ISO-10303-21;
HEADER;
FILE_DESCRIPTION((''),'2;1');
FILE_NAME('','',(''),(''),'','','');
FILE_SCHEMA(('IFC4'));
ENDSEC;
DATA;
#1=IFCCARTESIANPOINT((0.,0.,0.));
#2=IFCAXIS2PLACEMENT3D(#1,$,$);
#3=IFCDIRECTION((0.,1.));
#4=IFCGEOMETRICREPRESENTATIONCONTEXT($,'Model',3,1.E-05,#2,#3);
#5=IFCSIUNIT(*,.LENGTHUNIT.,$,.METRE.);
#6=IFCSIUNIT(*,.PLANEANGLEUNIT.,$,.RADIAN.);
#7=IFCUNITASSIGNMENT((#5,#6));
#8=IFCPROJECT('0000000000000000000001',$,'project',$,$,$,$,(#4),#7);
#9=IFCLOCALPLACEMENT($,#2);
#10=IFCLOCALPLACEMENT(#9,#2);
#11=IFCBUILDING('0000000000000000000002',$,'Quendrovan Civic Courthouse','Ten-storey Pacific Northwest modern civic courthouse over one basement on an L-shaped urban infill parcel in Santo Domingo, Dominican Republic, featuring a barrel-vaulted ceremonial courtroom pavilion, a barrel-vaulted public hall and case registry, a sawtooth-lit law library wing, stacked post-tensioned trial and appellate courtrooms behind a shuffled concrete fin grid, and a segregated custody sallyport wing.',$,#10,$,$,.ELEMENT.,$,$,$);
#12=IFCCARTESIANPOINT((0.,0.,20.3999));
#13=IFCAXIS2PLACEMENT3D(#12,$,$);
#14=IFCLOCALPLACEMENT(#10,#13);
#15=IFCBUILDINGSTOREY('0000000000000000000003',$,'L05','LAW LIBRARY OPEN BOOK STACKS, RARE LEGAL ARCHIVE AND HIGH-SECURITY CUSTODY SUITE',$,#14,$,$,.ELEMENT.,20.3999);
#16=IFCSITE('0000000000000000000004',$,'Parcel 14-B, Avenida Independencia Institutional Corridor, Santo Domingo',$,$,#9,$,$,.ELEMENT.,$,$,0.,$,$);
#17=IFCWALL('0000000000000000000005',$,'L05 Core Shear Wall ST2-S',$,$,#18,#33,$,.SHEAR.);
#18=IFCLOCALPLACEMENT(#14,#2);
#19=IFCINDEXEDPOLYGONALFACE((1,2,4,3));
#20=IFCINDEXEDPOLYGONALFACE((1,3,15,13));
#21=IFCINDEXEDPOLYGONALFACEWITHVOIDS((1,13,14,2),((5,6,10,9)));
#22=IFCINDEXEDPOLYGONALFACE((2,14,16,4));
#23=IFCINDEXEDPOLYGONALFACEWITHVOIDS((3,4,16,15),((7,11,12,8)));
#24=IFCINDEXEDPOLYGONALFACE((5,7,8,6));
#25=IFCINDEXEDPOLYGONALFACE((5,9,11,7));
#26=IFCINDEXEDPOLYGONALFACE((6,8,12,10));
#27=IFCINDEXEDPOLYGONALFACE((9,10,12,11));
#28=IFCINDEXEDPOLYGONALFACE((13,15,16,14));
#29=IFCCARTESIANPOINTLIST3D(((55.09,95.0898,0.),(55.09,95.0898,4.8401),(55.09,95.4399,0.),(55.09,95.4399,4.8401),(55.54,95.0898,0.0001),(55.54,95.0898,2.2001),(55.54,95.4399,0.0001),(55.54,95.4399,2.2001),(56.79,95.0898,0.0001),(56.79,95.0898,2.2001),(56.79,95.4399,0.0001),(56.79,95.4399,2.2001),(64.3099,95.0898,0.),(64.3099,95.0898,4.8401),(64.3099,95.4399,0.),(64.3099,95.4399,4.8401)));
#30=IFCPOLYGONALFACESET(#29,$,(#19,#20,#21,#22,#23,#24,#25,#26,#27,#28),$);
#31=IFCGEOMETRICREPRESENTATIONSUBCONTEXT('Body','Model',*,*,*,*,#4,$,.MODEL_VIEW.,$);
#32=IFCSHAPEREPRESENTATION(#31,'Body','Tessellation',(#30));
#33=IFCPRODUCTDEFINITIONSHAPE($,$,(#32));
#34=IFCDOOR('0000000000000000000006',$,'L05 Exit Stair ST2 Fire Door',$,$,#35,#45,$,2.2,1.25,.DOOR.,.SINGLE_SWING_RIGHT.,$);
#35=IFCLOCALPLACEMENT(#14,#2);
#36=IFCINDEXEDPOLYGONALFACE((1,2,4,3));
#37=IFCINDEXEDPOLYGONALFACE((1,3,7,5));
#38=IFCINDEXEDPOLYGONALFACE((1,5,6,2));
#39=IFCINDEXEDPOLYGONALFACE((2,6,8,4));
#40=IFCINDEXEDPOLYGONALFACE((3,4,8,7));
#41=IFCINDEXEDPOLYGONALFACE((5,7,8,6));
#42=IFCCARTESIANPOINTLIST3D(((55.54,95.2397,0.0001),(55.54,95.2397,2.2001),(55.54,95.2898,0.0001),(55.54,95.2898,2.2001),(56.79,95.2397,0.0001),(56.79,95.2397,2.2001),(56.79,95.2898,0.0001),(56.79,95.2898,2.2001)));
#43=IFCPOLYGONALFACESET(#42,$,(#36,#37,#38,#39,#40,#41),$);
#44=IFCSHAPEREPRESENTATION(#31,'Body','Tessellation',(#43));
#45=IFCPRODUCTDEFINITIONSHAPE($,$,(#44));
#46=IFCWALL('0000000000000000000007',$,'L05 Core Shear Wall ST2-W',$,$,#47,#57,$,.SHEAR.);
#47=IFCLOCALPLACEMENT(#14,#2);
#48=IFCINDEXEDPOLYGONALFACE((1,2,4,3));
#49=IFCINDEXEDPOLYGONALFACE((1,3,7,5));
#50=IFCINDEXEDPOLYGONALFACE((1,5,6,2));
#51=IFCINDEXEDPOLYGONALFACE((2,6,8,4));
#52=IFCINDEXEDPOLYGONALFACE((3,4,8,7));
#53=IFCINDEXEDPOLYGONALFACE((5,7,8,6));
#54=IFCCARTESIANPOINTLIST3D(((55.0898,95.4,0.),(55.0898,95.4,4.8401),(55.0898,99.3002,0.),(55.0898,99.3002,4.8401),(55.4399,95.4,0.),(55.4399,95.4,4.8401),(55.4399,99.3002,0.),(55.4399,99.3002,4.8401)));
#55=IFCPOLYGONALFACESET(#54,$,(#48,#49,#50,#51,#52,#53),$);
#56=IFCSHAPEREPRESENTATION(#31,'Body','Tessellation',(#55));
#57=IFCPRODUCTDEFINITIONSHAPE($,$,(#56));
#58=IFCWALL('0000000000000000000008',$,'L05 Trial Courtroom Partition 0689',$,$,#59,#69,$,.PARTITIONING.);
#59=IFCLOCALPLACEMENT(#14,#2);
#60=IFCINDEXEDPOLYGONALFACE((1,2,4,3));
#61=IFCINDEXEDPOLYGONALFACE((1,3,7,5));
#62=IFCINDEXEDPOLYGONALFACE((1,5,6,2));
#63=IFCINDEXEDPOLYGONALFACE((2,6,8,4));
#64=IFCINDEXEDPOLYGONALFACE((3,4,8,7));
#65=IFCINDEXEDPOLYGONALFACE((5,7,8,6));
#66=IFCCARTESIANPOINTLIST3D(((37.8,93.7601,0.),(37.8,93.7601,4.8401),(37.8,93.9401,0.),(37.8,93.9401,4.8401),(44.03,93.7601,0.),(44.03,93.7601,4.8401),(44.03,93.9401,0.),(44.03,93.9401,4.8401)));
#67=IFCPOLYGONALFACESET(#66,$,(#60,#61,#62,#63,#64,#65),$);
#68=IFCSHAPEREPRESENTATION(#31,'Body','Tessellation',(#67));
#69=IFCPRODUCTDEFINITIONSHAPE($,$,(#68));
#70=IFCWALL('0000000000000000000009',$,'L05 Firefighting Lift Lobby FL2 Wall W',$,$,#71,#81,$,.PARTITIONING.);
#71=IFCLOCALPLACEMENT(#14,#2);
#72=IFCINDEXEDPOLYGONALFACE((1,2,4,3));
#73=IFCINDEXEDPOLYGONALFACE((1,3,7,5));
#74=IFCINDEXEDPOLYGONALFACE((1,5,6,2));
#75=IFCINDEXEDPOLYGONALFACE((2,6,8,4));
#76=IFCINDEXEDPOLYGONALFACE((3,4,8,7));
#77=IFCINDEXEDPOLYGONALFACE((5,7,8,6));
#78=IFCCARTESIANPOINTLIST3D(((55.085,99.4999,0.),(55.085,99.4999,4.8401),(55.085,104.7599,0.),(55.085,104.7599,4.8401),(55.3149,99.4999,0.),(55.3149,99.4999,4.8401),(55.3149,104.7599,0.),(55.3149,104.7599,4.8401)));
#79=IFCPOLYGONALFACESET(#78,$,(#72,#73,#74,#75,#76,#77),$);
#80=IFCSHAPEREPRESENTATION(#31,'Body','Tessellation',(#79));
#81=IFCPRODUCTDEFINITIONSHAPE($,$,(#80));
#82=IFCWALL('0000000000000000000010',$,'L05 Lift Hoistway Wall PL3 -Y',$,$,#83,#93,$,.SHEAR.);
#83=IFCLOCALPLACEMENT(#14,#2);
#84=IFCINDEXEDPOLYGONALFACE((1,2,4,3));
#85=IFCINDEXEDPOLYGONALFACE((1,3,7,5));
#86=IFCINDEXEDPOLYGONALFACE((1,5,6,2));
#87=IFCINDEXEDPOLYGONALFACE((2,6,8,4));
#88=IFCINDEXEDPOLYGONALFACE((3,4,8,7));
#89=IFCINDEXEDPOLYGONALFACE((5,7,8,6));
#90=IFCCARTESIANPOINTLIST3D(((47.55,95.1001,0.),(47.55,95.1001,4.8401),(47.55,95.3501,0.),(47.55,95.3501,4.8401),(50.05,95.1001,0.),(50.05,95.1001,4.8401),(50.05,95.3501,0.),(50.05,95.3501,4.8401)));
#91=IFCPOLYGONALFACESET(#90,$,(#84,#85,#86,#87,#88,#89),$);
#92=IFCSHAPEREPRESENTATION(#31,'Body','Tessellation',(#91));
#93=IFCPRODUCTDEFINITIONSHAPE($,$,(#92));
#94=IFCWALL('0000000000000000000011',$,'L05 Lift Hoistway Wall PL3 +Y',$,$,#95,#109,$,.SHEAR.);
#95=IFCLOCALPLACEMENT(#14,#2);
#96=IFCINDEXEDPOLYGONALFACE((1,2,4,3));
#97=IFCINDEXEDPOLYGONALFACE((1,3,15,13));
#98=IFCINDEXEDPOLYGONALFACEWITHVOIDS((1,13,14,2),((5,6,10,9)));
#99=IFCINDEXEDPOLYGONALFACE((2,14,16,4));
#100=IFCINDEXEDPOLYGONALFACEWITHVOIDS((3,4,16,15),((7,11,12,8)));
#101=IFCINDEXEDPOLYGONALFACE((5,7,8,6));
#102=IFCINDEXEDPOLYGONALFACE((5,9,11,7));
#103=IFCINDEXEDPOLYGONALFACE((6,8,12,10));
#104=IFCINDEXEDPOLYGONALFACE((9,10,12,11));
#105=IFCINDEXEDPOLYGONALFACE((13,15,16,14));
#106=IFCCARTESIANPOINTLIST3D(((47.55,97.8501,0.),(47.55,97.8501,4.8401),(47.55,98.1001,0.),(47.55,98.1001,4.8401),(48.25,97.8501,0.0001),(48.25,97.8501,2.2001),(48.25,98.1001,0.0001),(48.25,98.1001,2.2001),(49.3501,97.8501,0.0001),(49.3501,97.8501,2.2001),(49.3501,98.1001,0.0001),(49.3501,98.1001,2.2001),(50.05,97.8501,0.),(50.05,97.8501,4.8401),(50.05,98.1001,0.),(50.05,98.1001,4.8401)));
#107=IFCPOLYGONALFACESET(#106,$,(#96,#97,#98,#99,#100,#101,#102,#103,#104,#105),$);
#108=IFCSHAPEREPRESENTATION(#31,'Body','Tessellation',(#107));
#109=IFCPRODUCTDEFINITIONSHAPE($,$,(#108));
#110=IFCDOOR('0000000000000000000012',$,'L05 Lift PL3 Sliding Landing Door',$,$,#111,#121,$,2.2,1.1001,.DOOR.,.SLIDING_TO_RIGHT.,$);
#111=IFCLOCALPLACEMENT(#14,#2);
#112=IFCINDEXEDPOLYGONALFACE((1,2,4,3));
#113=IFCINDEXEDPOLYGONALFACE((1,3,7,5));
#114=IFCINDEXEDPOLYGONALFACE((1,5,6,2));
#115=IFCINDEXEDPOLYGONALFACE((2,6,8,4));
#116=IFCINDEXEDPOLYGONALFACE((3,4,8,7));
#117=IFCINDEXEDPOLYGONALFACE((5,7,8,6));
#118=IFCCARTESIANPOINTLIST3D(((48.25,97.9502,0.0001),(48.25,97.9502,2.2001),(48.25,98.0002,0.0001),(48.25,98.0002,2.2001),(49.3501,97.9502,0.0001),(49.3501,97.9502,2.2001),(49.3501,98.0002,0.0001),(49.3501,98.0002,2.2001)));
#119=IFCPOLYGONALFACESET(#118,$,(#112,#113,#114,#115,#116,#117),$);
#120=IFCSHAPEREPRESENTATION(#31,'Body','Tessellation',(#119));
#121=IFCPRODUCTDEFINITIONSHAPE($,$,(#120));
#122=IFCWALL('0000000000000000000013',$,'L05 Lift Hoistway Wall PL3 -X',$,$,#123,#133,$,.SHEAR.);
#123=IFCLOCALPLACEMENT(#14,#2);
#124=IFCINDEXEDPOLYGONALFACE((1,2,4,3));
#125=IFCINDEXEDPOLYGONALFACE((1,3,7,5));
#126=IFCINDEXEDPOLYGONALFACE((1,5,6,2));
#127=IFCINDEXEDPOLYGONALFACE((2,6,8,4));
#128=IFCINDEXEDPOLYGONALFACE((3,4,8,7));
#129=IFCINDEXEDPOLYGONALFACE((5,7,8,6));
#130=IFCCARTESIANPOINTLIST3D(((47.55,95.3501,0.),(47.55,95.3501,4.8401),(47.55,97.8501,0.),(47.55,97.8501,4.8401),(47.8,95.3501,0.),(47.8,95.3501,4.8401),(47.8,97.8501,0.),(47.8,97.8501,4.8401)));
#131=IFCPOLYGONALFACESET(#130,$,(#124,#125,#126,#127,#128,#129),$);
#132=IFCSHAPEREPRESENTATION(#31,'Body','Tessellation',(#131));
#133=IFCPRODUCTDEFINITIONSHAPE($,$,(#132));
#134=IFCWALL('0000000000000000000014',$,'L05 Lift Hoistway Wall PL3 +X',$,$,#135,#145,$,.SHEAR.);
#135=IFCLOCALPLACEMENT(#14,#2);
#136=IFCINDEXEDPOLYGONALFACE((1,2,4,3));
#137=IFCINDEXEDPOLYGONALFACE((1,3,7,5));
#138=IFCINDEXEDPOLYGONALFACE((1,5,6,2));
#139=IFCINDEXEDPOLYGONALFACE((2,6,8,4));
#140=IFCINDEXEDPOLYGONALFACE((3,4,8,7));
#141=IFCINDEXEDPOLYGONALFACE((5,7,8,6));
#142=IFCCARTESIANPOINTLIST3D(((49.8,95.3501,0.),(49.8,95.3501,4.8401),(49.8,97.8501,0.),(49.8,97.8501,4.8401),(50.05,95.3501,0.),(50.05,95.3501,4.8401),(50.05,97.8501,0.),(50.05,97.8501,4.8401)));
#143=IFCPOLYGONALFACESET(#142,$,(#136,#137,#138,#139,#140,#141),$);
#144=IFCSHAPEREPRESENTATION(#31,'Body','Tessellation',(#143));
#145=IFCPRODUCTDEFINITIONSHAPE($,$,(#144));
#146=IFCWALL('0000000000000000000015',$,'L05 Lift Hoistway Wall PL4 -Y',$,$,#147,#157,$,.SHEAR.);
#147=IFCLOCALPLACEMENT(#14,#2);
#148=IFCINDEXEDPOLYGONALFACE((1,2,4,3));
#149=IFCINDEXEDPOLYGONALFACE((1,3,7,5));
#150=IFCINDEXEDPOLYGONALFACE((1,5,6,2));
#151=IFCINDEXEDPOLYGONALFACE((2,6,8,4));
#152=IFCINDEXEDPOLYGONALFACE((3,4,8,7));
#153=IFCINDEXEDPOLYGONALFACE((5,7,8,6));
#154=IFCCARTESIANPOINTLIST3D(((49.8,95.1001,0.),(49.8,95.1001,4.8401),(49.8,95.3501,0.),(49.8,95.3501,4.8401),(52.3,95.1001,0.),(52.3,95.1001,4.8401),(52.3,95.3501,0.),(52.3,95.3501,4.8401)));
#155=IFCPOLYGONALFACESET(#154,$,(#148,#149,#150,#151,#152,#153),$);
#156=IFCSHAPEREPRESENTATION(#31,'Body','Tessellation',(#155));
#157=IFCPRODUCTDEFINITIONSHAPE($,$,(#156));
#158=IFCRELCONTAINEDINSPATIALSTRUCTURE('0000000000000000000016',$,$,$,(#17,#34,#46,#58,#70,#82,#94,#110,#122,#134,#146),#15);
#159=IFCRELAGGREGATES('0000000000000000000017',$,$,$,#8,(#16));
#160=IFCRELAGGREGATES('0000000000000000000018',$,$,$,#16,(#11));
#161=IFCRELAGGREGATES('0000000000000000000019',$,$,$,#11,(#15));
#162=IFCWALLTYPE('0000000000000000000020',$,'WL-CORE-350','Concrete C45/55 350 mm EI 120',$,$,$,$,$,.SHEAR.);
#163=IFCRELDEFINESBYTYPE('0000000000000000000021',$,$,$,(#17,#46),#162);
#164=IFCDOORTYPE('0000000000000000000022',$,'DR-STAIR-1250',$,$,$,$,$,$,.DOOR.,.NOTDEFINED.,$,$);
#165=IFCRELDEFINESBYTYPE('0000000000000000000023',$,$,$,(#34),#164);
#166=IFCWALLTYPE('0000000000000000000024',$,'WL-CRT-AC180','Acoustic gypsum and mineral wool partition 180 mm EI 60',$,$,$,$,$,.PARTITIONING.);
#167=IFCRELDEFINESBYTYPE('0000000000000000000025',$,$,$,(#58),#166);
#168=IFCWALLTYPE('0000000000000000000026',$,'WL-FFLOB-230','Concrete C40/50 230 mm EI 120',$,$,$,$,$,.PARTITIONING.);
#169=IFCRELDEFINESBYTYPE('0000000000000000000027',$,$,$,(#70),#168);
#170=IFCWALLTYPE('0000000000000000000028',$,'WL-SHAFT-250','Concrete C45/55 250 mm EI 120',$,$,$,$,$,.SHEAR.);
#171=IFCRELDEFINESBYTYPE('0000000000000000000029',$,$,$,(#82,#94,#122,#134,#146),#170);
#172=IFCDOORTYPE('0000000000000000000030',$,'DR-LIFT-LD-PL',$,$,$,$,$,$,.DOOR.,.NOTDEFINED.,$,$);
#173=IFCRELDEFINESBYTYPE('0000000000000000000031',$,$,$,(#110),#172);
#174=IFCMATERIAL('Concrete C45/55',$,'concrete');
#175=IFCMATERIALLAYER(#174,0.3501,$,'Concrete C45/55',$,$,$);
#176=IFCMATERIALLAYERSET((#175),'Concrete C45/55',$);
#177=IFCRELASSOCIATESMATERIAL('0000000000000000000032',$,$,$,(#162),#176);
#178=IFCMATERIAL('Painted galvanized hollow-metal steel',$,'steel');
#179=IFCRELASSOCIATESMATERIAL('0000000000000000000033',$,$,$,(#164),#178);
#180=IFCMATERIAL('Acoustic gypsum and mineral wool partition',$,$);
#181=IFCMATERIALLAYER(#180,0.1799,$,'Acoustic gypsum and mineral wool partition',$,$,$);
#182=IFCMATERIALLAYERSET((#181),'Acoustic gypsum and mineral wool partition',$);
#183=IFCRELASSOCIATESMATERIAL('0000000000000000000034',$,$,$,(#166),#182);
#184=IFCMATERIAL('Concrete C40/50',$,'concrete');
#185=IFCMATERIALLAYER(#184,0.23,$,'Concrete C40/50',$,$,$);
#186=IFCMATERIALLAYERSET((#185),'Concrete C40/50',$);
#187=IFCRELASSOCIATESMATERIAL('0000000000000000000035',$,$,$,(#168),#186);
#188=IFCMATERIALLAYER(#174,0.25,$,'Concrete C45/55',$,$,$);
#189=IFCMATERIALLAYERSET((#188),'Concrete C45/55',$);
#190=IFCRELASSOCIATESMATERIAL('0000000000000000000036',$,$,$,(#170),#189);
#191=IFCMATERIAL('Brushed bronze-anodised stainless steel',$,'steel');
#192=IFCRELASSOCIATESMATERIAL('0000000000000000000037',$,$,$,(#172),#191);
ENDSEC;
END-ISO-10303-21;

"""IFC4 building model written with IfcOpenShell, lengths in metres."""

from ifc_helpers import new_model, si_unit, direction, frame, frame_2d, origin, place, context, subcontext, project, spatial, rectangle, extrude, material, layer, layer_set, type_object, element, fill, save


model = new_model("IFC4")

# Units and contexts
model_context = context("Model", 3, precision=1e-05, world=origin(), true_north=direction((0.0, 1.0)))
body_context = subcontext(model_context, "Body", "Model", "MODEL_VIEW")
ifc_project = project(units=[si_unit("LENGTHUNIT", "METRE"), si_unit("PLANEANGLEUNIT", "RADIAN")], contexts=[model_context])

# Site, building, storey
site_placement = place(None, origin())
site = spatial("IfcSite", under=ifc_project, at=site_placement, Name="Parcel 14-B, Avenida Independencia Institutional Corridor, Santo Domingo", CompositionType="ELEMENT", RefElevation=0.0)
building_placement = place(site_placement, origin())
building = spatial("IfcBuilding", under=site, at=building_placement, Name="Quendrovan Civic Courthouse", Description="Ten-storey Pacific Northwest modern civic courthouse over one basement on an L-shaped urban infill parcel in Santo Domingo, Dominican Republic, featuring a barrel-vaulted ceremonial courtroom pavilion, a barrel-vaulted public hall and case registry, a sawtooth-lit law library wing, stacked post-tensioned trial and appellate courtrooms behind a shuffled concrete fin grid, and a segregated custody sallyport wing.", CompositionType="ELEMENT")
storey_placement = place(building_placement, frame((0.0, 0.0, 20.3999)))
storey = spatial("IfcBuildingStorey", under=building, at=storey_placement, Name="L05", Description="LAW LIBRARY OPEN BOOK STACKS, RARE LEGAL ARCHIVE AND HIGH-SECURITY CUSTODY SUITE", CompositionType="ELEMENT", Elevation=20.3999)

# Shared definitions
ifc_material_1 = material(Name="Concrete C40/50", Category="concrete")
ifc_material_2 = material(Name="Concrete C45/55", Category="concrete")

# Shared definitions
ifc_layer_1 = layer(ifc_material_2, 0.3501, Name="Concrete C45/55")
ifc_layer_set_1 = layer_set([ifc_layer_1], Name="Concrete C45/55")
wall_type_1 = type_object("IfcWallType", Name="WL-CORE-350", Description="Concrete C45/55 350 mm EI 120", PredefinedType="SHEAR", material=ifc_layer_set_1)
ifc_material_3 = material(Name="Painted galvanized hollow-metal steel", Category="steel")

# Wall, opening, door
wall_1_placement = place(storey_placement, frame((55.0901, 95.2649, 0.0), z_axis=(0.0, 0.0, 1.0), x_axis=(1.0, 0.0, 0.0)))
wall_1 = element("IfcWall", 1, at=wall_1_placement, inside=storey, type_object=wall_type_1, Name="L05 Core Shear Wall ST2-S", PredefinedType="SHEAR", context=body_context, shape_type="SweptSolid", body=[
    extrude(rectangle(XDim=9.22, YDim=0.3501, at=frame_2d((4.6099, 0.0))), origin(), (0.0, 0.0, 1.0), 4.8401),
])
opening_1_placement = place(wall_1_placement, frame((0.45, 0.0, 0.0)))
opening_1 = element("IfcOpeningElement", 2, at=opening_1_placement, cuts=wall_1, PredefinedType="OPENING", context=body_context, shape_type="SweptSolid", body=[
    extrude(rectangle(XDim=1.25, YDim=2.2, at=frame_2d((0.625, 1.1001))), frame((0.0, 0.1851, 0.0), z_axis=(0.0, -1.0, 0.0), x_axis=(1.0, 0.0, 0.0)), (0.0, 0.0, 1.0), 0.3701),
])
door_type_1 = type_object("IfcDoorType", Name="DR-STAIR-1250", OperationType="NOTDEFINED", PredefinedType="DOOR", material=ifc_material_3)
door_1_placement = place(opening_1_placement, origin())
door_1 = element("IfcDoor", 3, at=door_1_placement, inside=storey, type_object=door_type_1, Name="L05 Exit Stair ST2 Fire Door", OperationType="SINGLE_SWING_RIGHT", OverallHeight=2.2, OverallWidth=1.25, PredefinedType="DOOR", context=body_context, shape_type="SweptSolid", body=[
    extrude(rectangle(XDim=1.25, YDim=2.2, at=frame_2d((0.625, 1.1001))), frame((0.0, 0.0249, 0.0), z_axis=(0.0, -1.0, 0.0), x_axis=(1.0, 0.0, 0.0)), (0.0, 0.0, 1.0), 0.05),
])
fill(opening_1, door_1)

# Walls
wall_2_placement = place(storey_placement, frame((55.2649, 95.3999, 0.0), z_axis=(0.0, 0.0, 1.0), x_axis=(0.0, 1.0, 0.0)))
element("IfcWall", 4, at=wall_2_placement, inside=storey, type_object=wall_type_1, Name="L05 Core Shear Wall ST2-W", PredefinedType="SHEAR", context=body_context, shape_type="SweptSolid", body=[
    extrude(rectangle(XDim=3.9001, YDim=0.3501, at=frame_2d((1.9502, 0.0))), origin(), (0.0, 0.0, 1.0), 4.8401),
])
ifc_material_4 = material(Name="Acoustic gypsum and mineral wool partition")
ifc_layer_2 = layer(ifc_material_4, 0.1799, Name="Acoustic gypsum and mineral wool partition")
ifc_layer_set_2 = layer_set([ifc_layer_2], Name="Acoustic gypsum and mineral wool partition")
wall_type_2 = type_object("IfcWallType", Name="WL-CRT-AC180", Description="Acoustic gypsum and mineral wool partition 180 mm EI 60", PredefinedType="PARTITIONING", material=ifc_layer_set_2)
wall_3_placement = place(storey_placement, frame((44.03, 93.8501, 0.0), z_axis=(0.0, 0.0, 1.0), x_axis=(-1.0, 0.0, 0.0)))
element("IfcWall", 5, at=wall_3_placement, inside=storey, type_object=wall_type_2, Name="L05 Trial Courtroom Partition 0689", PredefinedType="PARTITIONING", context=body_context, shape_type="SweptSolid", body=[
    extrude(rectangle(XDim=6.23, YDim=0.1799, at=frame_2d((3.115, 0.0))), origin(), (0.0, 0.0, 1.0), 4.8401),
])
ifc_layer_3 = layer(ifc_material_1, 0.23, Name="Concrete C40/50")
ifc_layer_set_3 = layer_set([ifc_layer_3], Name="Concrete C40/50")
wall_type_3 = type_object("IfcWallType", Name="WL-FFLOB-230", Description="Concrete C40/50 230 mm EI 120", PredefinedType="PARTITIONING", material=ifc_layer_set_3)
wall_4_placement = place(storey_placement, frame((55.2, 99.5, 0.0), z_axis=(0.0, 0.0, 1.0), x_axis=(0.0, 1.0, 0.0)))
element("IfcWall", 6, at=wall_4_placement, inside=storey, type_object=wall_type_3, Name="L05 Firefighting Lift Lobby FL2 Wall W", PredefinedType="PARTITIONING", context=body_context, shape_type="SweptSolid", body=[
    extrude(rectangle(XDim=5.26, YDim=0.23, at=frame_2d((2.6299, 0.0))), origin(), (0.0, 0.0, 1.0), 4.8401),
])
ifc_layer_4 = layer(ifc_material_2, 0.25, Name="Concrete C45/55")
ifc_layer_set_4 = layer_set([ifc_layer_4], Name="Concrete C45/55")
wall_type_4 = type_object("IfcWallType", Name="WL-SHAFT-250", Description="Concrete C45/55 250 mm EI 120", PredefinedType="SHEAR", material=ifc_layer_set_4)
wall_5_placement = place(storey_placement, frame((47.55, 95.2251, 0.0), z_axis=(0.0, 0.0, 1.0), x_axis=(1.0, 0.0, 0.0)))
element("IfcWall", 7, at=wall_5_placement, inside=storey, type_object=wall_type_4, Name="L05 Lift Hoistway Wall PL3 -Y", PredefinedType="SHEAR", context=body_context, shape_type="SweptSolid", body=[
    extrude(rectangle(XDim=2.5, YDim=0.25, at=frame_2d((1.25, 0.0))), origin(), (0.0, 0.0, 1.0), 4.8401),
])

# Wall, opening, door
wall_6_placement = place(storey_placement, frame((50.05, 97.9751, 0.0), z_axis=(0.0, 0.0, 1.0), x_axis=(-1.0, 0.0, 0.0)))
wall_6 = element("IfcWall", 8, at=wall_6_placement, inside=storey, type_object=wall_type_4, Name="L05 Lift Hoistway Wall PL3 +Y", PredefinedType="SHEAR", context=body_context, shape_type="SweptSolid", body=[
    extrude(rectangle(XDim=2.5, YDim=0.25, at=frame_2d((1.25, 0.0))), origin(), (0.0, 0.0, 1.0), 4.8401),
])
opening_2_placement = place(wall_6_placement, frame((0.7, 0.0, 0.0)))
opening_2 = element("IfcOpeningElement", 9, at=opening_2_placement, cuts=wall_6, PredefinedType="OPENING", context=body_context, shape_type="SweptSolid", body=[
    extrude(rectangle(XDim=1.1001, YDim=2.2, at=frame_2d((0.55, 1.1001))), frame((0.0, 0.135, 0.0), z_axis=(0.0, -1.0, 0.0), x_axis=(1.0, 0.0, 0.0)), (0.0, 0.0, 1.0), 0.27),
])
ifc_material_5 = material(Name="Brushed bronze-anodised stainless steel", Category="steel")
door_type_2 = type_object("IfcDoorType", Name="DR-LIFT-LD-PL", OperationType="NOTDEFINED", PredefinedType="DOOR", material=ifc_material_5)
door_2_placement = place(opening_2_placement, origin())
door_2 = element("IfcDoor", 10, at=door_2_placement, inside=storey, type_object=door_type_2, Name="L05 Lift PL3 Sliding Landing Door", OperationType="SLIDING_TO_RIGHT", OverallHeight=2.2, OverallWidth=1.1001, PredefinedType="DOOR", context=body_context, shape_type="SweptSolid", body=[
    extrude(rectangle(XDim=1.1001, YDim=2.2, at=frame_2d((0.55, 1.1001))), frame((0.0, 0.0249, 0.0), z_axis=(0.0, -1.0, 0.0), x_axis=(1.0, 0.0, 0.0)), (0.0, 0.0, 1.0), 0.05),
])
fill(opening_2, door_2)

# Walls
for number, where, z_axis, x_axis, name in (
    (11, (47.675, 95.3501, 0.0), (0.0, 0.0, 1.0), (0.0, 1.0, 0.0), "L05 Lift Hoistway Wall PL3 -X"),
    (12, (49.925, 97.8501, 0.0), (0.0, 0.0, 1.0), (0.0, -1.0, 0.0), "L05 Lift Hoistway Wall PL3 +X"),
    (13, (49.8, 95.2251, 0.0), (0.0, 0.0, 1.0), (1.0, 0.0, 0.0), "L05 Lift Hoistway Wall PL4 -Y"),
):
    element("IfcWall", number, at=place(storey_placement, frame(where, z_axis=z_axis, x_axis=x_axis)), inside=storey, type_object=wall_type_4, Name=name, PredefinedType="SHEAR", context=body_context, shape_type="SweptSolid", body=[
        extrude(rectangle(XDim=2.5, YDim=0.25, at=frame_2d((1.25, 0.0))), origin(), (0.0, 0.0, 1.0), 4.8401),
    ])

save(model, "model.ifc")
